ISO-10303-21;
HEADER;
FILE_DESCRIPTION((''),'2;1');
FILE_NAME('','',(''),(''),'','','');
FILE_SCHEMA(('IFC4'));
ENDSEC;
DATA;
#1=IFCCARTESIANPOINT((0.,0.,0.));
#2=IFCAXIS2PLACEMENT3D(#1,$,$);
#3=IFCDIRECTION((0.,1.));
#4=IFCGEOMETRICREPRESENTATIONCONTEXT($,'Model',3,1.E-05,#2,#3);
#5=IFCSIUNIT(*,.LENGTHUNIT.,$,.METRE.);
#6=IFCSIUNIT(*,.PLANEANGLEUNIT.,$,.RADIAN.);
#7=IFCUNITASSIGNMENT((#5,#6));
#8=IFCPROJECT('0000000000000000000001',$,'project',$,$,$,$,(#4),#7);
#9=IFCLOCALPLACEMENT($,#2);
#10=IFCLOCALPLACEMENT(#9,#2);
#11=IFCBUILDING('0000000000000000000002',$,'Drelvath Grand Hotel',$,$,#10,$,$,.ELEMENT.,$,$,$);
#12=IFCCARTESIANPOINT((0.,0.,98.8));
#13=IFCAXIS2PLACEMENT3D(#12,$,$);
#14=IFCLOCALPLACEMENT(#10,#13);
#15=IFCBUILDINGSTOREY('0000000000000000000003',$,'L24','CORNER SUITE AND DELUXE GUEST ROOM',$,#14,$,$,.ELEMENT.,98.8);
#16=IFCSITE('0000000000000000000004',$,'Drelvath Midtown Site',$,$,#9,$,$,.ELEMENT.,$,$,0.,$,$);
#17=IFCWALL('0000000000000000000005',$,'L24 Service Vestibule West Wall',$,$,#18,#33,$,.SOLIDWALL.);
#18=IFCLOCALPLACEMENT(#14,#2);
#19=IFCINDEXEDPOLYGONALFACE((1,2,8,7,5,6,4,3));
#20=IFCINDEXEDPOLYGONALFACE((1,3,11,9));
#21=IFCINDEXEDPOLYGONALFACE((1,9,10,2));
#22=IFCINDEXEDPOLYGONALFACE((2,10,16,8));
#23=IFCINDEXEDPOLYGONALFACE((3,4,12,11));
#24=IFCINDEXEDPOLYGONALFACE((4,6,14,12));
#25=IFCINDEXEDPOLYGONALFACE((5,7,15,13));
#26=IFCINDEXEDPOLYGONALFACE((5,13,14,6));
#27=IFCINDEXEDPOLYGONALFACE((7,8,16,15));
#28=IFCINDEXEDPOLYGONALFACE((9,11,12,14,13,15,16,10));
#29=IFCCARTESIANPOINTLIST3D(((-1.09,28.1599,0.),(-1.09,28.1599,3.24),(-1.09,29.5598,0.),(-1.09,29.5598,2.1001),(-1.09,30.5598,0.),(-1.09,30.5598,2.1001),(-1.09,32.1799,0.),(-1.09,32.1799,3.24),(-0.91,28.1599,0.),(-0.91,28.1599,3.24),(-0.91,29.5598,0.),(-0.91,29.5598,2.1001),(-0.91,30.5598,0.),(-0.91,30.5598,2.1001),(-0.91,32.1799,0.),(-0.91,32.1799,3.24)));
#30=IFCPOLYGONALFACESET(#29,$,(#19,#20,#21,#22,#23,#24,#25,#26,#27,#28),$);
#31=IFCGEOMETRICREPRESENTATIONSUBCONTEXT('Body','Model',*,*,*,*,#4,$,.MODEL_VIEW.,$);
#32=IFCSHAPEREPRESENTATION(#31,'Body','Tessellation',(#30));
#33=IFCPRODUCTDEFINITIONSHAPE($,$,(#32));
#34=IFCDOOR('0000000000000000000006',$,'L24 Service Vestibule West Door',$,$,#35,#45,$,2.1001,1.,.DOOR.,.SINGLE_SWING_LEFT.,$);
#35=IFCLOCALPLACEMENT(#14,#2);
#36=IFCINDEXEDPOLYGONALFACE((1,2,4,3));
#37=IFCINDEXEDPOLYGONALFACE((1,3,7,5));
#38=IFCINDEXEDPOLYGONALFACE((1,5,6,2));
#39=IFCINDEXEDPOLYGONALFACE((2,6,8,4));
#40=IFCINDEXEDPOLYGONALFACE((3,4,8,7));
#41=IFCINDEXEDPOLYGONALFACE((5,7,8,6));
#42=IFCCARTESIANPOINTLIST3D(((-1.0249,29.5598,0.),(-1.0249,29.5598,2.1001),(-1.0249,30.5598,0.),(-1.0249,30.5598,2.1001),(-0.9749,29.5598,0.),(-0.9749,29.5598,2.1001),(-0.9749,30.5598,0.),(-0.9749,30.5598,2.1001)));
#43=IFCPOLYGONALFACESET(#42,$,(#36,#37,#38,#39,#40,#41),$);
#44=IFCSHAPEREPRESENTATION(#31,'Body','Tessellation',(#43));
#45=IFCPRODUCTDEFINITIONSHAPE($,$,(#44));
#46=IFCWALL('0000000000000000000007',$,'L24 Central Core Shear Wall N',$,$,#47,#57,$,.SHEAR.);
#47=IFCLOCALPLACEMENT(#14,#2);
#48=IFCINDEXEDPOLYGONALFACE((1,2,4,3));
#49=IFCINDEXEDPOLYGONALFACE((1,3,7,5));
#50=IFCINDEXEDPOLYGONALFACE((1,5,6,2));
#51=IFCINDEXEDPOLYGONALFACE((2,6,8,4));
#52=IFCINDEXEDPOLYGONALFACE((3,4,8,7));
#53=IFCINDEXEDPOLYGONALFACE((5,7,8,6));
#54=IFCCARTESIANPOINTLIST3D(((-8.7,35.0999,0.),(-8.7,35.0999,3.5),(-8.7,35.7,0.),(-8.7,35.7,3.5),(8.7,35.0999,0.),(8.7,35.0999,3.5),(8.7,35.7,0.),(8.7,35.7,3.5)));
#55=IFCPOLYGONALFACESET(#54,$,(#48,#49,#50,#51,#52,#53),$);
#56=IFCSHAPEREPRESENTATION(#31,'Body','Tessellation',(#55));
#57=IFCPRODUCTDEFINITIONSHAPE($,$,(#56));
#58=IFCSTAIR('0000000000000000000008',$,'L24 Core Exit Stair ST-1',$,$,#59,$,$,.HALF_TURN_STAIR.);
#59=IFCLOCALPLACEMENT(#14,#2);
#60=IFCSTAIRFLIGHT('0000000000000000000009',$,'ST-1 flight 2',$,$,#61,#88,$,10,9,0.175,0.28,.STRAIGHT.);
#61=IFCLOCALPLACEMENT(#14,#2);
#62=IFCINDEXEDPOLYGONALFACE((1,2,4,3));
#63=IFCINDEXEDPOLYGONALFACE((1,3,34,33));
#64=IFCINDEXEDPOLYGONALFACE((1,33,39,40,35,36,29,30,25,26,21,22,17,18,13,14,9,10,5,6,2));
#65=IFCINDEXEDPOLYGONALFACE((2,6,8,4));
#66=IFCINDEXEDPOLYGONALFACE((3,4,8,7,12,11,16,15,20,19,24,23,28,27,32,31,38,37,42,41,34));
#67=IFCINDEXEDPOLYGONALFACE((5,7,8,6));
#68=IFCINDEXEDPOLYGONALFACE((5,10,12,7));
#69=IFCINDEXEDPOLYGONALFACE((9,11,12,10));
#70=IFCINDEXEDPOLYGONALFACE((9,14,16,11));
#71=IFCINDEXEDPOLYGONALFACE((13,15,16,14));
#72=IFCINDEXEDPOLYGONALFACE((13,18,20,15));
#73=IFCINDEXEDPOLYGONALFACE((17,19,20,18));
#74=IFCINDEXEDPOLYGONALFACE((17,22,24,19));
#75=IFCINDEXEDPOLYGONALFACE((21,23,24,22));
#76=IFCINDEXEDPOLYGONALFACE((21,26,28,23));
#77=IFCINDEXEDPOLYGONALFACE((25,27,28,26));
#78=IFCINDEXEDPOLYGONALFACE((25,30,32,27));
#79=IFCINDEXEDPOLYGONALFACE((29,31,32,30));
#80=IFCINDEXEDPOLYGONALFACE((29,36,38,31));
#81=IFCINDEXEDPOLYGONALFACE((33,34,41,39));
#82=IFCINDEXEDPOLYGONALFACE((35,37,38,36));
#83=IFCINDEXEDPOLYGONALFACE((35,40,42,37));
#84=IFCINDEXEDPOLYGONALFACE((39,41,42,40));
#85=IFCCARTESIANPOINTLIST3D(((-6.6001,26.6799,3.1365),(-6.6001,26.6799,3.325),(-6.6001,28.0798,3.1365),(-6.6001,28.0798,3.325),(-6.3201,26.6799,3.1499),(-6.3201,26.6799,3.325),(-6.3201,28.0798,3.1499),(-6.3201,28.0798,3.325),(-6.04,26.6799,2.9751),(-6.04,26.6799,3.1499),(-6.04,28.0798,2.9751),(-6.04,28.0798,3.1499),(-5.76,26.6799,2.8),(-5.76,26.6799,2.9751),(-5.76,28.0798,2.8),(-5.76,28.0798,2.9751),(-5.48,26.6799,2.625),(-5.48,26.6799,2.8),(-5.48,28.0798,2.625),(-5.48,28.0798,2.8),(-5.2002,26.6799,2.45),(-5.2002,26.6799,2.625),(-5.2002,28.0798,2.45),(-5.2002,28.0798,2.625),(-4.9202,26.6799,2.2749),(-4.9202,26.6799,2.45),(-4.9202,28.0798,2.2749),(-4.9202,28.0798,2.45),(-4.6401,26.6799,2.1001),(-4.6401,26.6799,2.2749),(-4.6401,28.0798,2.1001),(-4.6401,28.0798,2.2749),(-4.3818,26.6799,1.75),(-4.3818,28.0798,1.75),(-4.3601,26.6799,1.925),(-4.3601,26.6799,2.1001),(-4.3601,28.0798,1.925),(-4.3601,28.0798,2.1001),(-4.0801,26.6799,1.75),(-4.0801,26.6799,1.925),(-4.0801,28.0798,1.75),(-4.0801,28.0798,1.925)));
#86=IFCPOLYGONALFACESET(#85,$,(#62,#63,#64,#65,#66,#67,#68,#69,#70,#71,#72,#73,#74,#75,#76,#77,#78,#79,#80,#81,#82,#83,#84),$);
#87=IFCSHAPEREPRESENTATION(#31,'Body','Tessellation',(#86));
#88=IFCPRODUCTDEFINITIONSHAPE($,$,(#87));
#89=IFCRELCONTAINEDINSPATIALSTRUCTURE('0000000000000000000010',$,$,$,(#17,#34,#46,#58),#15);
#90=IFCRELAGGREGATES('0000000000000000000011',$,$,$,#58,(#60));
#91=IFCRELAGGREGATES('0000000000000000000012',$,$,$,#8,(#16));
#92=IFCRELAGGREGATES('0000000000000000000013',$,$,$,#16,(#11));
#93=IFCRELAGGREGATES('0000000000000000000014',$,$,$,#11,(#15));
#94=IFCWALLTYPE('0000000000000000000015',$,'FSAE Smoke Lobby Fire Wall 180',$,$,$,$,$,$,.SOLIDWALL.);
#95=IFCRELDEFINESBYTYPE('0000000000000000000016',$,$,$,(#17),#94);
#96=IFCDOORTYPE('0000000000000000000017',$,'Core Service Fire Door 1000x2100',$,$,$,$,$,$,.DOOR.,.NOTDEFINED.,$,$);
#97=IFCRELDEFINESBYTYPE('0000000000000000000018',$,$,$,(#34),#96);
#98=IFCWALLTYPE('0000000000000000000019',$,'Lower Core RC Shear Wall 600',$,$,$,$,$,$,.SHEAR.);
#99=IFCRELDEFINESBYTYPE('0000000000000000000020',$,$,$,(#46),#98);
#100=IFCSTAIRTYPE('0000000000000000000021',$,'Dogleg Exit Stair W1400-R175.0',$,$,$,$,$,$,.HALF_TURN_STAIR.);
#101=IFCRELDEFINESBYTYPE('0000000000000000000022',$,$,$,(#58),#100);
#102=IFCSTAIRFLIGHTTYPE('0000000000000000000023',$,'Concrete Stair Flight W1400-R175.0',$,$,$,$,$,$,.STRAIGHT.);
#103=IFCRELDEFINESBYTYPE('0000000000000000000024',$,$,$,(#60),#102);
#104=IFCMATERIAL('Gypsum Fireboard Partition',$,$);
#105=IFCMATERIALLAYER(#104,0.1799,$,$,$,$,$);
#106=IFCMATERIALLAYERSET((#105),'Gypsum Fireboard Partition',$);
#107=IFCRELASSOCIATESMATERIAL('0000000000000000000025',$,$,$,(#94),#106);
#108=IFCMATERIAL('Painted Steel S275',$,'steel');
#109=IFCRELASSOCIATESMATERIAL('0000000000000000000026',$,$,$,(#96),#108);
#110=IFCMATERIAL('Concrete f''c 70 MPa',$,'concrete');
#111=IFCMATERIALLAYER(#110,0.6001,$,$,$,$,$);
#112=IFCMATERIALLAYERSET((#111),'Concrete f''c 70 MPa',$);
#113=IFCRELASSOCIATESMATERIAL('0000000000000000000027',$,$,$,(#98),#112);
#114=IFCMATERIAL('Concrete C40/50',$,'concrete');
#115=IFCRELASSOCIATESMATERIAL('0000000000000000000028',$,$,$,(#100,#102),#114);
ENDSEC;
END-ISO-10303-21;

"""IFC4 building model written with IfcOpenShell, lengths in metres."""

from ifc_helpers import new_model, si_unit, direction, frame, frame_2d, origin, place, context, subcontext, project, spatial, polyline, rectangle, outline, extrude, material, layer, layer_set, type_object, element, fill, aggregate, save


model = new_model("IFC4")

# Units and contexts
model_context = context("Model", 3, precision=1e-05, world=origin(), true_north=direction((0.0, 1.0)))
body_context = subcontext(model_context, "Body", "Model", "MODEL_VIEW")
ifc_project = project(units=[si_unit("LENGTHUNIT", "METRE"), si_unit("PLANEANGLEUNIT", "RADIAN")], contexts=[model_context])

# Site, building, storey
site_placement = place(None, origin())
site = spatial("IfcSite", under=ifc_project, at=site_placement, Name="Drelvath Midtown Site", CompositionType="ELEMENT", RefElevation=0.0)
building_placement = place(site_placement, origin())
building = spatial("IfcBuilding", under=site, at=building_placement, Name="Drelvath Grand Hotel", CompositionType="ELEMENT")
storey_placement = place(building_placement, frame((0.0, 0.0, 98.8)))
storey = spatial("IfcBuildingStorey", under=building, at=storey_placement, Name="L24", Description="CORNER SUITE AND DELUXE GUEST ROOM", CompositionType="ELEMENT", Elevation=98.8)

# Shared definitions
ifc_material_1 = material(Name="Concrete f'c 70 MPa", Category="concrete")

# Shared definitions
ifc_material_2 = material(Name="Concrete C40/50", Category="concrete")

# Shared definitions
ifc_material_3 = material(Name="Gypsum Fireboard Partition")

# Wall, opening, door
ifc_layer_1 = layer(ifc_material_3, 0.1799)
ifc_layer_set_1 = layer_set([ifc_layer_1], Name="Gypsum Fireboard Partition")
wall_type_1 = type_object("IfcWallType", Name="FSAE Smoke Lobby Fire Wall 180", PredefinedType="SOLIDWALL", material=ifc_layer_set_1)
wall_1_placement = place(storey_placement, frame((-1.0, 28.1599, 0.0), z_axis=(0.0, 0.0, 1.0), x_axis=(0.0, 1.0, 0.0)))
wall_1 = element("IfcWall", 1, at=wall_1_placement, inside=storey, type_object=wall_type_1, Name="L24 Service Vestibule West Wall", PredefinedType="SOLIDWALL", context=body_context, shape_type="SweptSolid", body=[
    extrude(rectangle(XDim=4.02, YDim=0.1799, at=frame_2d((2.01, 0.0))), origin(), (0.0, 0.0, 1.0), 3.24),
])
opening_1_placement = place(wall_1_placement, frame((1.3999, 0.0, 0.0)))
opening_1 = element("IfcOpeningElement", 2, at=opening_1_placement, cuts=wall_1, PredefinedType="OPENING", context=body_context, shape_type="SweptSolid", body=[
    extrude(rectangle(XDim=1.0, YDim=2.1001, at=frame_2d((0.5, 1.05))), frame((0.0, 0.0999, 0.0), z_axis=(0.0, -1.0, 0.0), x_axis=(1.0, 0.0, 0.0)), (0.0, 0.0, 1.0), 0.2),
])
ifc_material_4 = material(Name="Painted Steel S275", Category="steel")
door_type_1 = type_object("IfcDoorType", Name="Core Service Fire Door 1000x2100", OperationType="NOTDEFINED", PredefinedType="DOOR", material=ifc_material_4)
door_1_placement = place(opening_1_placement, origin())
door_1 = element("IfcDoor", 3, at=door_1_placement, inside=storey, type_object=door_type_1, Name="L24 Service Vestibule West Door", OperationType="SINGLE_SWING_LEFT", OverallHeight=2.1001, OverallWidth=1.0, PredefinedType="DOOR", context=body_context, shape_type="SweptSolid", body=[
    extrude(rectangle(XDim=1.0, YDim=2.1001, at=frame_2d((0.5, 1.05))), frame((0.0, 0.0249, 0.0), z_axis=(0.0, -1.0, 0.0), x_axis=(1.0, 0.0, 0.0)), (0.0, 0.0, 1.0), 0.05),
])
fill(opening_1, door_1)

# Wall
ifc_layer_2 = layer(ifc_material_1, 0.6001)
ifc_layer_set_2 = layer_set([ifc_layer_2], Name="Concrete f'c 70 MPa")
wall_type_2 = type_object("IfcWallType", Name="Lower Core RC Shear Wall 600", PredefinedType="SHEAR", material=ifc_layer_set_2)
wall_2_placement = place(storey_placement, frame((-8.7, 35.3999, 0.0), z_axis=(0.0, 0.0, 1.0), x_axis=(1.0, 0.0, 0.0)))
element("IfcWall", 4, at=wall_2_placement, inside=storey, type_object=wall_type_2, Name="L24 Central Core Shear Wall N", PredefinedType="SHEAR", context=body_context, shape_type="SweptSolid", body=[
    extrude(rectangle(XDim=17.3999, YDim=0.6001, at=frame_2d((8.7, 0.0))), origin(), (0.0, 0.0, 1.0), 3.5),
])

# Stair, stair flight
stair_type = type_object("IfcStairType", Name="Dogleg Exit Stair W1400-R175.0", PredefinedType="HALF_TURN_STAIR", material=ifc_material_2)
stair_placement = place(storey_placement, origin())
stair = element("IfcStair", 5, at=stair_placement, inside=storey, type_object=stair_type, Name="L24 Core Exit Stair ST-1", PredefinedType="HALF_TURN_STAIR")
stair_flight_type = type_object("IfcStairFlightType", Name="Concrete Stair Flight W1400-R175.0", PredefinedType="STRAIGHT", material=ifc_material_2)
stair_flight_placement = place(storey_placement, frame((-4.0801, 27.3799, 1.75), z_axis=(0.0, 0.0, 1.0), x_axis=(-1.0, 0.0, 0.0)))
stair_flight = element("IfcStairFlight", 6, at=stair_flight_placement, type_object=stair_flight_type, Name="ST-1 flight 2", NumberOfRisers=10, NumberOfTreads=9, PredefinedType="STRAIGHT", RiserHeight=0.175, TreadLength=0.28, context=body_context, shape_type="SweptSolid", body=[
    extrude(outline(polyline([(0.0, 0.0), (0.0, 0.175), (0.28, 0.175), (0.28, 0.3501), (0.5601, 0.3501), (0.5601, 0.5249), (0.8401, 0.5249), (0.8401, 0.7), (1.1201, 0.7), (1.1201, 0.875), (1.3999, 0.875), (1.3999, 1.05), (1.6799, 1.05), (1.6799, 1.2251), (1.96, 1.2251), (1.96, 1.3999), (2.24, 1.3999), (2.24, 1.575), (2.52, 1.575), (2.52, 1.75), (2.52, 1.3865), (0.3018, 0.0), (0.0, 0.0)])), frame((0.0, 0.7, 0.0), z_axis=(0.0, -1.0, 0.0), x_axis=(1.0, 0.0, 0.0)), (0.0, 0.0, 1.0), 1.3999),
])
aggregate(stair, [stair_flight])

save(model, "model.ifc")
